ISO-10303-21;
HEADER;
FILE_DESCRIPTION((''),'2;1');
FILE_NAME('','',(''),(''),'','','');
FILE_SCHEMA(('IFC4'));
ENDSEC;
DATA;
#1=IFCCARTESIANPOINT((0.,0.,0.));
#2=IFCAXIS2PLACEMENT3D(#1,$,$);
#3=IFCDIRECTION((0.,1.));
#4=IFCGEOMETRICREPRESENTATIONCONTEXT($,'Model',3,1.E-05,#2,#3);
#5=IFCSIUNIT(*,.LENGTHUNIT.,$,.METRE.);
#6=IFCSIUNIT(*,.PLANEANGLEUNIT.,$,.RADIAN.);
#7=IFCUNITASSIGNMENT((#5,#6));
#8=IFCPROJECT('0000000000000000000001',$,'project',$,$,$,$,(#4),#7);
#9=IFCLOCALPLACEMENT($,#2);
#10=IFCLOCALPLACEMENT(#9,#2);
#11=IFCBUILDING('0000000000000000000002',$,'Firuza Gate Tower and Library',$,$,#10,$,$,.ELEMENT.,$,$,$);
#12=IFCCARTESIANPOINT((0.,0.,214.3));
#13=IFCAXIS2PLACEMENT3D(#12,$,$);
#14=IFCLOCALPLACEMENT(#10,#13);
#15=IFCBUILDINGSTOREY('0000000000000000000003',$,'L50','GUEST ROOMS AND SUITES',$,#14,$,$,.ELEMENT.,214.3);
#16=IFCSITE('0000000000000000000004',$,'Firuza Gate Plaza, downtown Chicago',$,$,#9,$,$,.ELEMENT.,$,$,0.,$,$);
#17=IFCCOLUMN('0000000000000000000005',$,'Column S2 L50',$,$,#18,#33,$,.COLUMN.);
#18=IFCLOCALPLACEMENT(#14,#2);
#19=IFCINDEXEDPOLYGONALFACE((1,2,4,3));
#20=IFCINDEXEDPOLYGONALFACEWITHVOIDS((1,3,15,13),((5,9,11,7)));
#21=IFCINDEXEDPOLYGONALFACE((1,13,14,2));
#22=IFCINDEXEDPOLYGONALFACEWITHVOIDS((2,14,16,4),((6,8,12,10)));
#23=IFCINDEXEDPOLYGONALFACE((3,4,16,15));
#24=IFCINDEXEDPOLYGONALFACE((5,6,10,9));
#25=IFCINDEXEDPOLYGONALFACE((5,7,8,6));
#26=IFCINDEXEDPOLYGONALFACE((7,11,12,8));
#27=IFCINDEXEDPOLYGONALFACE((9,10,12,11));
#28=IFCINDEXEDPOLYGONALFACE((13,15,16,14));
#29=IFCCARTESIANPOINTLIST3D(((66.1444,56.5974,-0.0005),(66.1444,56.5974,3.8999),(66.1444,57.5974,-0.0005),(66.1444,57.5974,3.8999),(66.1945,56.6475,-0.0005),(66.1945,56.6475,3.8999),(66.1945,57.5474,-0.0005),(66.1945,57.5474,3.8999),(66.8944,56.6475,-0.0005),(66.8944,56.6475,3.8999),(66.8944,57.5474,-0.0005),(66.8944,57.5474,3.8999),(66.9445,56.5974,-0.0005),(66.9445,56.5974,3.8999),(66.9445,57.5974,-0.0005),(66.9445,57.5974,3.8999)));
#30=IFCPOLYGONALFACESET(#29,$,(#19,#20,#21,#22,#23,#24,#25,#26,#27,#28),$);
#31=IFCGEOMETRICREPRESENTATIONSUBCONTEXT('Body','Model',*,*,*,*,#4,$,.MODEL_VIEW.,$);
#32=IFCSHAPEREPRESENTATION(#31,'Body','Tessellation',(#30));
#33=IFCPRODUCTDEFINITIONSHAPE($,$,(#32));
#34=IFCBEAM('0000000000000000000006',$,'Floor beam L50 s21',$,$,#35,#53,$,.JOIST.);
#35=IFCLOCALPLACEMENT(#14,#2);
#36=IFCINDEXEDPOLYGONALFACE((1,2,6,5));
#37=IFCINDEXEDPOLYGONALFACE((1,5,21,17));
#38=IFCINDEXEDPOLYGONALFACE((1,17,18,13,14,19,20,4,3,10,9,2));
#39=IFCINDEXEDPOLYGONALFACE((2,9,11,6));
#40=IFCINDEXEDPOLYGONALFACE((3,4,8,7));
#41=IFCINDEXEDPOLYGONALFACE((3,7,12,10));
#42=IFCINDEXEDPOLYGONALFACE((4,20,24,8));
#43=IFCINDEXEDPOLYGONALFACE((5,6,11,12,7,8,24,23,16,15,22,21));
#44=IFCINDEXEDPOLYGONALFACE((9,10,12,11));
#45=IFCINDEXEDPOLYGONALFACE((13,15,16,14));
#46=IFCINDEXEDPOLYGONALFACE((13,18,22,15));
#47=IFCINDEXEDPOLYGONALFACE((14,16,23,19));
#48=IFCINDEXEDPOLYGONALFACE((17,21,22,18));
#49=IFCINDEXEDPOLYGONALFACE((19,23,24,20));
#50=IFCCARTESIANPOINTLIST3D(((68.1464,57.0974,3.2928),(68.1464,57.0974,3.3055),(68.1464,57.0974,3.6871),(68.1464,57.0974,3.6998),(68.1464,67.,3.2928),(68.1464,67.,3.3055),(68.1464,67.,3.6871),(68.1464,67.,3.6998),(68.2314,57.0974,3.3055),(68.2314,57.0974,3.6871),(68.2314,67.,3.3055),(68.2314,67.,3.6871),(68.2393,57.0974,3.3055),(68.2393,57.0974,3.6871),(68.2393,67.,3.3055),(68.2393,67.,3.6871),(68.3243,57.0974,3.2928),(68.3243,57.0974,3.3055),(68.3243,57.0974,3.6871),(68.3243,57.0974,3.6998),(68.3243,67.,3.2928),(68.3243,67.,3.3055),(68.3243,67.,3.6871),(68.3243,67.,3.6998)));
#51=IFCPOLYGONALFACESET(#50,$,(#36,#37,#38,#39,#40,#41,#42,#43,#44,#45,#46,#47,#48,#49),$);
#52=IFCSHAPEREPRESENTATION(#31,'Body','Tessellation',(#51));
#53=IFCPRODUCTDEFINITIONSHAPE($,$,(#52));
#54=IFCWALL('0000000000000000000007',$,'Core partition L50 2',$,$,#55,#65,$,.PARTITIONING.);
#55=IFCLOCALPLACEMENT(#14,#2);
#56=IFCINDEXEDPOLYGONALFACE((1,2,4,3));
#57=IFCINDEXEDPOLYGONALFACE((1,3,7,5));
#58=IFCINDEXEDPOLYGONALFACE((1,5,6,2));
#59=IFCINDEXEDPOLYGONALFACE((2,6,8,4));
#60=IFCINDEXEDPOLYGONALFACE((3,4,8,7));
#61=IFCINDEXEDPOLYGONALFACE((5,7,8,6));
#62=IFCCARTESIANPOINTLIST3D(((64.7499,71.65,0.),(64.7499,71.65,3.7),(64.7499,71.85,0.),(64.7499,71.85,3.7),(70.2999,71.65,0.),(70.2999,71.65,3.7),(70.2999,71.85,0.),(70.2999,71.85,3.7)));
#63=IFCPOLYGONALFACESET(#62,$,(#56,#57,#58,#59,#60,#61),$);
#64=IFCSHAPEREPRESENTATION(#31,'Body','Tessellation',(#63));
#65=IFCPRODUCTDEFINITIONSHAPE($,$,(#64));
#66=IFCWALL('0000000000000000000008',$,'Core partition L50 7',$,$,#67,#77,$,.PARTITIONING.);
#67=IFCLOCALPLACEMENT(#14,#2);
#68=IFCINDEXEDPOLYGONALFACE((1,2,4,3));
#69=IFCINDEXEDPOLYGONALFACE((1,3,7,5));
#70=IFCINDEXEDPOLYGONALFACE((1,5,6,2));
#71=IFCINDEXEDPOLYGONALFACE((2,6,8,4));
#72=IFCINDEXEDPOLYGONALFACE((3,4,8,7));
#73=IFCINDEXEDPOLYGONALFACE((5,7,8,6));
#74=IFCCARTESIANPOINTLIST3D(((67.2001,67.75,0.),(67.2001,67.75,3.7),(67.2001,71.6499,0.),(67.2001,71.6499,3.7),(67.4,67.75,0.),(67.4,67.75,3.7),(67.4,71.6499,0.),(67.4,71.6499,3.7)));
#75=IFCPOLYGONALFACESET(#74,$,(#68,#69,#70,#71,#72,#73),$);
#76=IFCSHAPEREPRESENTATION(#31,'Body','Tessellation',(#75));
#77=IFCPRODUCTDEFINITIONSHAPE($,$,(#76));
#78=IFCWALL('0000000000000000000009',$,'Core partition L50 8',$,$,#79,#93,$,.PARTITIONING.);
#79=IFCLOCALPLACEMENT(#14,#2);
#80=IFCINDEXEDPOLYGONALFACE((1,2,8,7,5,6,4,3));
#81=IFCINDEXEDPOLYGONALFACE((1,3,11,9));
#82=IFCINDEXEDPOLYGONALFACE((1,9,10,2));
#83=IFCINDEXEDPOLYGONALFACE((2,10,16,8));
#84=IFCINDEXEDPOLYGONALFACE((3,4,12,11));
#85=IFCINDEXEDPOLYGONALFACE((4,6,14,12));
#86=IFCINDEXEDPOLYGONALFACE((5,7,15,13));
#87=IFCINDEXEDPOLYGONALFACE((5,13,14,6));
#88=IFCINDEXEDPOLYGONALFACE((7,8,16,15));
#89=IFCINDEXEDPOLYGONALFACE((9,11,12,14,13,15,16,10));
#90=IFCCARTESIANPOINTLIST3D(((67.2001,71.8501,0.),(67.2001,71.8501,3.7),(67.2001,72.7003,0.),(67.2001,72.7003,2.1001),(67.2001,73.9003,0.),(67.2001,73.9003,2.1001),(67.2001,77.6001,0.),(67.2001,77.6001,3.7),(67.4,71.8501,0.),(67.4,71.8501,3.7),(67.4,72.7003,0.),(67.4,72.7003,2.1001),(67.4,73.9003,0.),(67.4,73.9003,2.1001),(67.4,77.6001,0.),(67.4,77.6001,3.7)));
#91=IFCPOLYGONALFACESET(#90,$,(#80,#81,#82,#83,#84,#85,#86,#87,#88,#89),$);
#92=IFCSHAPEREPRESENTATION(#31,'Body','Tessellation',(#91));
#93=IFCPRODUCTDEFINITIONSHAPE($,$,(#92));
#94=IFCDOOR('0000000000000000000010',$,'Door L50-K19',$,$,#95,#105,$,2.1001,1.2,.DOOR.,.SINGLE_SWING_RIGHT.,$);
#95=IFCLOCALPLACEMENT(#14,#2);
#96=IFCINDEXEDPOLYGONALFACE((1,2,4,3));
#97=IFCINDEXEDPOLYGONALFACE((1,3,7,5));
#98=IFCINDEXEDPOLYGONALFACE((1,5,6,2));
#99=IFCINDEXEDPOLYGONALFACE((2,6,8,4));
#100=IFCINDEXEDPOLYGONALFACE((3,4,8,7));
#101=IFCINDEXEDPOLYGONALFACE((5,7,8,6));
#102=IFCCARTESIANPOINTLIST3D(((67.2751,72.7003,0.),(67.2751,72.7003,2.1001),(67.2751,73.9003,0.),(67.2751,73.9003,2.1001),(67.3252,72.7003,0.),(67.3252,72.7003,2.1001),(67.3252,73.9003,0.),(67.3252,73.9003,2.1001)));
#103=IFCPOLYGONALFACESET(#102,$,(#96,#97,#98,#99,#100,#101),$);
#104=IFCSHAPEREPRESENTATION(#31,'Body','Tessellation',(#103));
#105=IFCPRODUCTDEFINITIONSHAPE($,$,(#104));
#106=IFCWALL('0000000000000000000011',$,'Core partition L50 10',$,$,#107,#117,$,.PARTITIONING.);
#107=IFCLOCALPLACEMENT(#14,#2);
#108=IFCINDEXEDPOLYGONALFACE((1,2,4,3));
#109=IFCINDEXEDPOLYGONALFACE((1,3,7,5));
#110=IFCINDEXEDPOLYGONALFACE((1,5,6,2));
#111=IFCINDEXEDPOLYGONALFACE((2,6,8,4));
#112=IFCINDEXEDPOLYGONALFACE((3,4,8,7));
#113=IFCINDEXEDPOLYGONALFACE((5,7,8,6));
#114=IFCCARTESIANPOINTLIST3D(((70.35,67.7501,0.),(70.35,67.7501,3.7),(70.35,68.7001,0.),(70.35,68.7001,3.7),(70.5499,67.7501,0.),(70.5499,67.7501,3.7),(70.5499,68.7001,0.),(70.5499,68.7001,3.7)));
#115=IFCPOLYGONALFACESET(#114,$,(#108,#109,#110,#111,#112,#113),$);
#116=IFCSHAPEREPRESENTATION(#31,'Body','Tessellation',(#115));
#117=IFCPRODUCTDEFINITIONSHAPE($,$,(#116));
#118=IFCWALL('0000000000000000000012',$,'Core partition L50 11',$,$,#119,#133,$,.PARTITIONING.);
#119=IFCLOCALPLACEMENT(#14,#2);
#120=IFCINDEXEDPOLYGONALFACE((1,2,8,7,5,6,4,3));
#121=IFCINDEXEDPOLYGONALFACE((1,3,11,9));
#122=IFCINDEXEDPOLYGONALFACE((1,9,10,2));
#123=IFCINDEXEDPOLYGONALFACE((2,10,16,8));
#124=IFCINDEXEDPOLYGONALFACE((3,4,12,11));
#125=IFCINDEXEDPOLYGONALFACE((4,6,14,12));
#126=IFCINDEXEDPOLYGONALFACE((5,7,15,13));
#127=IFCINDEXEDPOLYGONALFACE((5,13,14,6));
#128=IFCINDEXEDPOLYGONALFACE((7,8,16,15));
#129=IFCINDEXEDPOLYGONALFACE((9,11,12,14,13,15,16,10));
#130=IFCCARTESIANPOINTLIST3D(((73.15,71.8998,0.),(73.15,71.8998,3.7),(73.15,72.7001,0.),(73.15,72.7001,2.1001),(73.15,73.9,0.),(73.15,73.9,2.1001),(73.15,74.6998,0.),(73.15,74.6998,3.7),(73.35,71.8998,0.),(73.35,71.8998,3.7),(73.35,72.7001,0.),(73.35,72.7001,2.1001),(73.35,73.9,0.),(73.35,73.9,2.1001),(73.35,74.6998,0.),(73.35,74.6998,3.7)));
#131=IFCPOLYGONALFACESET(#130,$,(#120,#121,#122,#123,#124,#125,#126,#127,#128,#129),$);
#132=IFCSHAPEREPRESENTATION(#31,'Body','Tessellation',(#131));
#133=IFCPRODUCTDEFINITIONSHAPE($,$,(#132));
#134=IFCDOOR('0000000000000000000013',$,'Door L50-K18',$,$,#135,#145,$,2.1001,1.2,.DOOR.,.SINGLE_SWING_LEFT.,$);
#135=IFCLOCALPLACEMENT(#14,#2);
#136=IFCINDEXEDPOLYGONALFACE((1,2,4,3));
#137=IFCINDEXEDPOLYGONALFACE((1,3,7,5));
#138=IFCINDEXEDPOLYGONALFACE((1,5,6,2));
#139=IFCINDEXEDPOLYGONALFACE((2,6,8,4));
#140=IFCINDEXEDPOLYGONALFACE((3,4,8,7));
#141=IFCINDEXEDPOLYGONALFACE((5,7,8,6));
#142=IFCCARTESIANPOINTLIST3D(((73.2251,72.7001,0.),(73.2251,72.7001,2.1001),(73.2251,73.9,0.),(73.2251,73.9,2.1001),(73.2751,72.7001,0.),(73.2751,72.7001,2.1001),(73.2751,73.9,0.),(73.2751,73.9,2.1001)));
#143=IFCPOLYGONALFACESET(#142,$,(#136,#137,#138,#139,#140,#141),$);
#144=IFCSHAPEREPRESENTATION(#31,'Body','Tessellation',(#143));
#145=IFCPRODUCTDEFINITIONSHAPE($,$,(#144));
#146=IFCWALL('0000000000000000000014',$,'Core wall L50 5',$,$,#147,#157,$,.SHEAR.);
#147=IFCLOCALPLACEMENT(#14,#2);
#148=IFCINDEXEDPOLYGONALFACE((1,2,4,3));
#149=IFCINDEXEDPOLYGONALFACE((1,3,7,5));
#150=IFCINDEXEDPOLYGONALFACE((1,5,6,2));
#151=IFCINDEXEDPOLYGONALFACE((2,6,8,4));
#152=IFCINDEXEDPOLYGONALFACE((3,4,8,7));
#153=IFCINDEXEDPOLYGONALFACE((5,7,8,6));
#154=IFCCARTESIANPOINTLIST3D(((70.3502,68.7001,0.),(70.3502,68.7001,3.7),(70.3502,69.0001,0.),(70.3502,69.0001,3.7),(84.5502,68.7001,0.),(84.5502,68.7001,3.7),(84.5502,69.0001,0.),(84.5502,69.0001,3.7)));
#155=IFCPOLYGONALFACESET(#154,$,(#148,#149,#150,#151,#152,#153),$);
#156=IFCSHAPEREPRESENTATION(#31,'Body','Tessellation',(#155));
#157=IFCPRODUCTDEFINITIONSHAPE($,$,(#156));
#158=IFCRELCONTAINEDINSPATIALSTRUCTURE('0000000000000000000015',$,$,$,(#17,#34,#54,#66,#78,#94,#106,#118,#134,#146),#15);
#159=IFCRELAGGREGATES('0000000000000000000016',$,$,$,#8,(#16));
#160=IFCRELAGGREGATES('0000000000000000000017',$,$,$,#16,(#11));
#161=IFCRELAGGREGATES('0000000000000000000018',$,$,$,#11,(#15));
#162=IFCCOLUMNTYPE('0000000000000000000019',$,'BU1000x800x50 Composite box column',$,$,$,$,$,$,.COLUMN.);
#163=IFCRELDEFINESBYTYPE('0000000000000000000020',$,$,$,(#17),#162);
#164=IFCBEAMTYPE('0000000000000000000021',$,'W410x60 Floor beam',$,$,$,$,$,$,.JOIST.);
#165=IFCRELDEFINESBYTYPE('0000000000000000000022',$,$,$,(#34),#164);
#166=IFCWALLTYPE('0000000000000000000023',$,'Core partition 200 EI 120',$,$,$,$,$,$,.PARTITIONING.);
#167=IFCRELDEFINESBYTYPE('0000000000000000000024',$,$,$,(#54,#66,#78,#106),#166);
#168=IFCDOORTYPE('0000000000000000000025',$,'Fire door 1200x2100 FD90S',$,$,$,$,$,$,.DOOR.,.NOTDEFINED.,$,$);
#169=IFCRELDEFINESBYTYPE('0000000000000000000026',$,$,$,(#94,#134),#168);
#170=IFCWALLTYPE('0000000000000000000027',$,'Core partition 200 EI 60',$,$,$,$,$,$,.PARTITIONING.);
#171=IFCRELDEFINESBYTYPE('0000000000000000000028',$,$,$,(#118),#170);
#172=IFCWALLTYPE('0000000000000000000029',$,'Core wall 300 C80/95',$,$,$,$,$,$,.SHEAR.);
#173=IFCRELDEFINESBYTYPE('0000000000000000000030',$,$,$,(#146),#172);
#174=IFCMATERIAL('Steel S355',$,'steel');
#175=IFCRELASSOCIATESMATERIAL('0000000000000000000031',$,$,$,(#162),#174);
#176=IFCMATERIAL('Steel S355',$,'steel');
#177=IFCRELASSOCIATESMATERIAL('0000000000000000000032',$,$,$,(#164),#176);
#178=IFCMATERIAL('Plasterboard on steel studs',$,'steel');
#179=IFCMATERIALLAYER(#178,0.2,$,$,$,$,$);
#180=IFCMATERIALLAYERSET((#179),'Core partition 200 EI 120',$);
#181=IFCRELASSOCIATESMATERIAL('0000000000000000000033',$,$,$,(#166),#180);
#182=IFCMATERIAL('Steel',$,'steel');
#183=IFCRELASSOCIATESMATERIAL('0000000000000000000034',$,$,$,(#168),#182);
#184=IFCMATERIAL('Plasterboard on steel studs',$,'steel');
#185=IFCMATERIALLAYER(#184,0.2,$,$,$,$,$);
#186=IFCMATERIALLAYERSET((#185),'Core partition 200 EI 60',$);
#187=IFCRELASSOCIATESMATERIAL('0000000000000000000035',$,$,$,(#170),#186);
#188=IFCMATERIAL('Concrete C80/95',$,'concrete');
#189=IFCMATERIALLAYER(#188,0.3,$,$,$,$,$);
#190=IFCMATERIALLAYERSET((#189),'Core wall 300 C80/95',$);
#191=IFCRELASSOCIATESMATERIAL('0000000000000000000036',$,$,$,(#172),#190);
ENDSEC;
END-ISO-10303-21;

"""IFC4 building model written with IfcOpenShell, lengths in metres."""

from ifc_helpers import new_model, si_unit, direction, frame, frame_2d, origin, origin_2d, place, context, subcontext, project, spatial, rectangle, hollow_rectangle, i_section, extrude, material, layer, layer_set, material_profile, profile_set, type_object, element, fill, save


model = new_model("IFC4")

# Units and contexts
model_context = context("Model", 3, precision=1e-05, world=origin(), true_north=direction((0.0, 1.0)))
body_context = subcontext(model_context, "Body", "Model", "MODEL_VIEW")
ifc_project = project(units=[si_unit("LENGTHUNIT", "METRE"), si_unit("PLANEANGLEUNIT", "RADIAN")], contexts=[model_context])

# Site, building, storey
site_placement = place(None, origin())
site = spatial("IfcSite", under=ifc_project, at=site_placement, Name="Firuza Gate Plaza, downtown Chicago", CompositionType="ELEMENT", RefElevation=0.0)
building_placement = place(site_placement, origin())
building = spatial("IfcBuilding", under=site, at=building_placement, Name="Firuza Gate Tower and Library", CompositionType="ELEMENT")
storey_placement = place(building_placement, frame((0.0, 0.0, 214.3)))
storey = spatial("IfcBuildingStorey", under=building, at=storey_placement, Name="L50", Description="GUEST ROOMS AND SUITES", CompositionType="ELEMENT", Elevation=214.3)

# Column
ifc_material_1 = material(Name="Steel S355", Category="steel")
ifc_material_profile_1 = material_profile(ifc_material_1, hollow_rectangle(XDim=0.8, YDim=1.0, WallThickness=0.05, at=origin_2d()))
ifc_profile_set_1 = profile_set([ifc_material_profile_1], Name="Steel S355")
column_type = type_object("IfcColumnType", Name="BU1000x800x50 Composite box column", PredefinedType="COLUMN", material=ifc_profile_set_1)
column_placement = place(storey_placement, frame((66.5444, 57.0974, -0.0005), z_axis=(0.0, 0.0, 1.0), x_axis=(1.0, 0.0, 0.0)))
element("IfcColumn", 1, at=column_placement, inside=storey, type_object=column_type, Name="Column S2 L50", PredefinedType="COLUMN", context=body_context, shape_type="SweptSolid", body=[
    extrude(hollow_rectangle(XDim=0.8, YDim=1.0, WallThickness=0.05, at=origin_2d()), origin(), (0.0, 0.0, 1.0), 3.9004),
])

# Beam
ifc_material_2 = material(Name="Steel S355", Category="steel")
ifc_material_profile_2 = material_profile(ifc_material_2, i_section(OverallWidth=0.178, OverallDepth=0.407, WebThickness=0.0078, FlangeThickness=0.0127, at=origin_2d()))
ifc_profile_set_2 = profile_set([ifc_material_profile_2], Name="Steel S355")
beam_type = type_object("IfcBeamType", Name="W410x60 Floor beam", PredefinedType="JOIST", material=ifc_profile_set_2)
beam_placement = place(storey_placement, frame((68.2354, 57.0974, 3.4963), z_axis=(0.0, 1.0, 0.0), x_axis=(-1.0, 0.0, 0.0)))
element("IfcBeam", 2, at=beam_placement, inside=storey, type_object=beam_type, Name="Floor beam L50 s21", PredefinedType="JOIST", context=body_context, shape_type="SweptSolid", body=[
    extrude(i_section(OverallWidth=0.178, OverallDepth=0.407, WebThickness=0.0078, FlangeThickness=0.0127, at=origin_2d()), origin(), (0.0, 0.0, 1.0), 9.9026),
])

# Walls
ifc_material_3 = material(Name="Plasterboard on steel studs", Category="steel")
ifc_layer_1 = layer(ifc_material_3, 0.2)
ifc_layer_set_1 = layer_set([ifc_layer_1], Name="Core partition 200 EI 120")
wall_type_1 = type_object("IfcWallType", Name="Core partition 200 EI 120", PredefinedType="PARTITIONING", material=ifc_layer_set_1)
wall_1_placement = place(storey_placement, frame((64.75, 71.75, 0.0), z_axis=(0.0, 0.0, 1.0), x_axis=(1.0, 0.0, 0.0)))
element("IfcWall", 3, at=wall_1_placement, inside=storey, type_object=wall_type_1, Name="Core partition L50 2", PredefinedType="PARTITIONING", context=body_context, shape_type="SweptSolid", body=[
    extrude(rectangle(XDim=5.55, YDim=0.2, at=frame_2d((2.7749, 0.0))), origin(), (0.0, 0.0, 1.0), 3.7),
])
wall_2_placement = place(storey_placement, frame((67.3, 67.75, 0.0), z_axis=(0.0, 0.0, 1.0), x_axis=(0.0, 1.0, 0.0)))
element("IfcWall", 4, at=wall_2_placement, inside=storey, type_object=wall_type_1, Name="Core partition L50 7", PredefinedType="PARTITIONING", context=body_context, shape_type="SweptSolid", body=[
    extrude(rectangle(XDim=3.8999, YDim=0.2, at=frame_2d((1.95, 0.0))), origin(), (0.0, 0.0, 1.0), 3.7),
])

# Wall, opening, door
wall_3_placement = place(storey_placement, frame((67.3, 71.8501, 0.0), z_axis=(0.0, 0.0, 1.0), x_axis=(0.0, 1.0, 0.0)))
wall_3 = element("IfcWall", 5, at=wall_3_placement, inside=storey, type_object=wall_type_1, Name="Core partition L50 8", PredefinedType="PARTITIONING", context=body_context, shape_type="SweptSolid", body=[
    extrude(rectangle(XDim=5.75, YDim=0.2, at=frame_2d((2.875, 0.0))), origin(), (0.0, 0.0, 1.0), 3.7),
])
opening_1_placement = place(wall_3_placement, frame((0.8501, 0.0, 0.0)))
opening_1 = element("IfcOpeningElement", 6, at=opening_1_placement, cuts=wall_3, PredefinedType="OPENING", context=body_context, shape_type="SweptSolid", body=[
    extrude(rectangle(XDim=1.2, YDim=2.1001, at=frame_2d((0.6001, 1.05))), frame((0.0, 0.1099, 0.0), z_axis=(0.0, -1.0, 0.0), x_axis=(1.0, 0.0, 0.0)), (0.0, 0.0, 1.0), 0.22),
])
ifc_material_4 = material(Name="Steel", Category="steel")
door_type_1 = type_object("IfcDoorType", Name="Fire door 1200x2100 FD90S", OperationType="NOTDEFINED", PredefinedType="DOOR", material=ifc_material_4)
door_1_placement = place(opening_1_placement, origin())
door_1 = element("IfcDoor", 7, at=door_1_placement, inside=storey, type_object=door_type_1, Name="Door L50-K19", OperationType="SINGLE_SWING_RIGHT", OverallHeight=2.1001, OverallWidth=1.2, PredefinedType="DOOR", context=body_context, shape_type="SweptSolid", body=[
    extrude(rectangle(XDim=1.2, YDim=2.1001, at=frame_2d((0.6001, 1.05))), frame((0.0, 0.0249, 0.0), z_axis=(0.0, -1.0, 0.0), x_axis=(1.0, 0.0, 0.0)), (0.0, 0.0, 1.0), 0.05),
])
fill(opening_1, door_1)

# Wall
wall_4_placement = place(storey_placement, frame((70.45, 67.75, 0.0), z_axis=(0.0, 0.0, 1.0), x_axis=(0.0, 1.0, 0.0)))
element("IfcWall", 8, at=wall_4_placement, inside=storey, type_object=wall_type_1, Name="Core partition L50 10", PredefinedType="PARTITIONING", context=body_context, shape_type="SweptSolid", body=[
    extrude(rectangle(XDim=0.95, YDim=0.2, at=frame_2d((0.4751, 0.0))), origin(), (0.0, 0.0, 1.0), 3.7),
])

# Wall, opening, door
ifc_material_5 = material(Name="Plasterboard on steel studs", Category="steel")
ifc_layer_2 = layer(ifc_material_5, 0.2)
ifc_layer_set_2 = layer_set([ifc_layer_2], Name="Core partition 200 EI 60")
wall_type_2 = type_object("IfcWallType", Name="Core partition 200 EI 60", PredefinedType="PARTITIONING", material=ifc_layer_set_2)
wall_5_placement = place(storey_placement, frame((73.25, 71.8999, 0.0), z_axis=(0.0, 0.0, 1.0), x_axis=(0.0, 1.0, 0.0)))
wall_5 = element("IfcWall", 9, at=wall_5_placement, inside=storey, type_object=wall_type_2, Name="Core partition L50 11", PredefinedType="PARTITIONING", context=body_context, shape_type="SweptSolid", body=[
    extrude(rectangle(XDim=2.8, YDim=0.2, at=frame_2d((1.3999, 0.0))), origin(), (0.0, 0.0, 1.0), 3.7),
])
opening_2_placement = place(wall_5_placement, frame((0.8, 0.0, 0.0)))
opening_2 = element("IfcOpeningElement", 10, at=opening_2_placement, cuts=wall_5, PredefinedType="OPENING", context=body_context, shape_type="SweptSolid", body=[
    extrude(rectangle(XDim=1.2, YDim=2.1001, at=frame_2d((0.6001, 1.05))), frame((0.0, 0.1099, 0.0), z_axis=(0.0, -1.0, 0.0), x_axis=(1.0, 0.0, 0.0)), (0.0, 0.0, 1.0), 0.22),
])
door_2_placement = place(opening_2_placement, origin())
door_2 = element("IfcDoor", 11, at=door_2_placement, inside=storey, type_object=door_type_1, Name="Door L50-K18", OperationType="SINGLE_SWING_LEFT", OverallHeight=2.1001, OverallWidth=1.2, PredefinedType="DOOR", context=body_context, shape_type="SweptSolid", body=[
    extrude(rectangle(XDim=1.2, YDim=2.1001, at=frame_2d((0.6001, 1.05))), frame((0.0, 0.0249, 0.0), z_axis=(0.0, -1.0, 0.0), x_axis=(1.0, 0.0, 0.0)), (0.0, 0.0, 1.0), 0.05),
])
fill(opening_2, door_2)

# Wall
ifc_material_6 = material(Name="Concrete C80/95", Category="concrete")
ifc_layer_3 = layer(ifc_material_6, 0.3)
ifc_layer_set_3 = layer_set([ifc_layer_3], Name="Core wall 300 C80/95")
wall_type_3 = type_object("IfcWallType", Name="Core wall 300 C80/95", PredefinedType="SHEAR", material=ifc_layer_set_3)
wall_6_placement = place(storey_placement, frame((70.3501, 68.8501, 0.0), z_axis=(0.0, 0.0, 1.0), x_axis=(1.0, 0.0, 0.0)))
element("IfcWall", 12, at=wall_6_placement, inside=storey, type_object=wall_type_3, Name="Core wall L50 5", PredefinedType="SHEAR", context=body_context, shape_type="SweptSolid", body=[
    extrude(rectangle(XDim=14.2, YDim=0.3, at=frame_2d((7.1001, 0.0))), origin(), (0.0, 0.0, 1.0), 3.7),
])

save(model, "model.ifc")
